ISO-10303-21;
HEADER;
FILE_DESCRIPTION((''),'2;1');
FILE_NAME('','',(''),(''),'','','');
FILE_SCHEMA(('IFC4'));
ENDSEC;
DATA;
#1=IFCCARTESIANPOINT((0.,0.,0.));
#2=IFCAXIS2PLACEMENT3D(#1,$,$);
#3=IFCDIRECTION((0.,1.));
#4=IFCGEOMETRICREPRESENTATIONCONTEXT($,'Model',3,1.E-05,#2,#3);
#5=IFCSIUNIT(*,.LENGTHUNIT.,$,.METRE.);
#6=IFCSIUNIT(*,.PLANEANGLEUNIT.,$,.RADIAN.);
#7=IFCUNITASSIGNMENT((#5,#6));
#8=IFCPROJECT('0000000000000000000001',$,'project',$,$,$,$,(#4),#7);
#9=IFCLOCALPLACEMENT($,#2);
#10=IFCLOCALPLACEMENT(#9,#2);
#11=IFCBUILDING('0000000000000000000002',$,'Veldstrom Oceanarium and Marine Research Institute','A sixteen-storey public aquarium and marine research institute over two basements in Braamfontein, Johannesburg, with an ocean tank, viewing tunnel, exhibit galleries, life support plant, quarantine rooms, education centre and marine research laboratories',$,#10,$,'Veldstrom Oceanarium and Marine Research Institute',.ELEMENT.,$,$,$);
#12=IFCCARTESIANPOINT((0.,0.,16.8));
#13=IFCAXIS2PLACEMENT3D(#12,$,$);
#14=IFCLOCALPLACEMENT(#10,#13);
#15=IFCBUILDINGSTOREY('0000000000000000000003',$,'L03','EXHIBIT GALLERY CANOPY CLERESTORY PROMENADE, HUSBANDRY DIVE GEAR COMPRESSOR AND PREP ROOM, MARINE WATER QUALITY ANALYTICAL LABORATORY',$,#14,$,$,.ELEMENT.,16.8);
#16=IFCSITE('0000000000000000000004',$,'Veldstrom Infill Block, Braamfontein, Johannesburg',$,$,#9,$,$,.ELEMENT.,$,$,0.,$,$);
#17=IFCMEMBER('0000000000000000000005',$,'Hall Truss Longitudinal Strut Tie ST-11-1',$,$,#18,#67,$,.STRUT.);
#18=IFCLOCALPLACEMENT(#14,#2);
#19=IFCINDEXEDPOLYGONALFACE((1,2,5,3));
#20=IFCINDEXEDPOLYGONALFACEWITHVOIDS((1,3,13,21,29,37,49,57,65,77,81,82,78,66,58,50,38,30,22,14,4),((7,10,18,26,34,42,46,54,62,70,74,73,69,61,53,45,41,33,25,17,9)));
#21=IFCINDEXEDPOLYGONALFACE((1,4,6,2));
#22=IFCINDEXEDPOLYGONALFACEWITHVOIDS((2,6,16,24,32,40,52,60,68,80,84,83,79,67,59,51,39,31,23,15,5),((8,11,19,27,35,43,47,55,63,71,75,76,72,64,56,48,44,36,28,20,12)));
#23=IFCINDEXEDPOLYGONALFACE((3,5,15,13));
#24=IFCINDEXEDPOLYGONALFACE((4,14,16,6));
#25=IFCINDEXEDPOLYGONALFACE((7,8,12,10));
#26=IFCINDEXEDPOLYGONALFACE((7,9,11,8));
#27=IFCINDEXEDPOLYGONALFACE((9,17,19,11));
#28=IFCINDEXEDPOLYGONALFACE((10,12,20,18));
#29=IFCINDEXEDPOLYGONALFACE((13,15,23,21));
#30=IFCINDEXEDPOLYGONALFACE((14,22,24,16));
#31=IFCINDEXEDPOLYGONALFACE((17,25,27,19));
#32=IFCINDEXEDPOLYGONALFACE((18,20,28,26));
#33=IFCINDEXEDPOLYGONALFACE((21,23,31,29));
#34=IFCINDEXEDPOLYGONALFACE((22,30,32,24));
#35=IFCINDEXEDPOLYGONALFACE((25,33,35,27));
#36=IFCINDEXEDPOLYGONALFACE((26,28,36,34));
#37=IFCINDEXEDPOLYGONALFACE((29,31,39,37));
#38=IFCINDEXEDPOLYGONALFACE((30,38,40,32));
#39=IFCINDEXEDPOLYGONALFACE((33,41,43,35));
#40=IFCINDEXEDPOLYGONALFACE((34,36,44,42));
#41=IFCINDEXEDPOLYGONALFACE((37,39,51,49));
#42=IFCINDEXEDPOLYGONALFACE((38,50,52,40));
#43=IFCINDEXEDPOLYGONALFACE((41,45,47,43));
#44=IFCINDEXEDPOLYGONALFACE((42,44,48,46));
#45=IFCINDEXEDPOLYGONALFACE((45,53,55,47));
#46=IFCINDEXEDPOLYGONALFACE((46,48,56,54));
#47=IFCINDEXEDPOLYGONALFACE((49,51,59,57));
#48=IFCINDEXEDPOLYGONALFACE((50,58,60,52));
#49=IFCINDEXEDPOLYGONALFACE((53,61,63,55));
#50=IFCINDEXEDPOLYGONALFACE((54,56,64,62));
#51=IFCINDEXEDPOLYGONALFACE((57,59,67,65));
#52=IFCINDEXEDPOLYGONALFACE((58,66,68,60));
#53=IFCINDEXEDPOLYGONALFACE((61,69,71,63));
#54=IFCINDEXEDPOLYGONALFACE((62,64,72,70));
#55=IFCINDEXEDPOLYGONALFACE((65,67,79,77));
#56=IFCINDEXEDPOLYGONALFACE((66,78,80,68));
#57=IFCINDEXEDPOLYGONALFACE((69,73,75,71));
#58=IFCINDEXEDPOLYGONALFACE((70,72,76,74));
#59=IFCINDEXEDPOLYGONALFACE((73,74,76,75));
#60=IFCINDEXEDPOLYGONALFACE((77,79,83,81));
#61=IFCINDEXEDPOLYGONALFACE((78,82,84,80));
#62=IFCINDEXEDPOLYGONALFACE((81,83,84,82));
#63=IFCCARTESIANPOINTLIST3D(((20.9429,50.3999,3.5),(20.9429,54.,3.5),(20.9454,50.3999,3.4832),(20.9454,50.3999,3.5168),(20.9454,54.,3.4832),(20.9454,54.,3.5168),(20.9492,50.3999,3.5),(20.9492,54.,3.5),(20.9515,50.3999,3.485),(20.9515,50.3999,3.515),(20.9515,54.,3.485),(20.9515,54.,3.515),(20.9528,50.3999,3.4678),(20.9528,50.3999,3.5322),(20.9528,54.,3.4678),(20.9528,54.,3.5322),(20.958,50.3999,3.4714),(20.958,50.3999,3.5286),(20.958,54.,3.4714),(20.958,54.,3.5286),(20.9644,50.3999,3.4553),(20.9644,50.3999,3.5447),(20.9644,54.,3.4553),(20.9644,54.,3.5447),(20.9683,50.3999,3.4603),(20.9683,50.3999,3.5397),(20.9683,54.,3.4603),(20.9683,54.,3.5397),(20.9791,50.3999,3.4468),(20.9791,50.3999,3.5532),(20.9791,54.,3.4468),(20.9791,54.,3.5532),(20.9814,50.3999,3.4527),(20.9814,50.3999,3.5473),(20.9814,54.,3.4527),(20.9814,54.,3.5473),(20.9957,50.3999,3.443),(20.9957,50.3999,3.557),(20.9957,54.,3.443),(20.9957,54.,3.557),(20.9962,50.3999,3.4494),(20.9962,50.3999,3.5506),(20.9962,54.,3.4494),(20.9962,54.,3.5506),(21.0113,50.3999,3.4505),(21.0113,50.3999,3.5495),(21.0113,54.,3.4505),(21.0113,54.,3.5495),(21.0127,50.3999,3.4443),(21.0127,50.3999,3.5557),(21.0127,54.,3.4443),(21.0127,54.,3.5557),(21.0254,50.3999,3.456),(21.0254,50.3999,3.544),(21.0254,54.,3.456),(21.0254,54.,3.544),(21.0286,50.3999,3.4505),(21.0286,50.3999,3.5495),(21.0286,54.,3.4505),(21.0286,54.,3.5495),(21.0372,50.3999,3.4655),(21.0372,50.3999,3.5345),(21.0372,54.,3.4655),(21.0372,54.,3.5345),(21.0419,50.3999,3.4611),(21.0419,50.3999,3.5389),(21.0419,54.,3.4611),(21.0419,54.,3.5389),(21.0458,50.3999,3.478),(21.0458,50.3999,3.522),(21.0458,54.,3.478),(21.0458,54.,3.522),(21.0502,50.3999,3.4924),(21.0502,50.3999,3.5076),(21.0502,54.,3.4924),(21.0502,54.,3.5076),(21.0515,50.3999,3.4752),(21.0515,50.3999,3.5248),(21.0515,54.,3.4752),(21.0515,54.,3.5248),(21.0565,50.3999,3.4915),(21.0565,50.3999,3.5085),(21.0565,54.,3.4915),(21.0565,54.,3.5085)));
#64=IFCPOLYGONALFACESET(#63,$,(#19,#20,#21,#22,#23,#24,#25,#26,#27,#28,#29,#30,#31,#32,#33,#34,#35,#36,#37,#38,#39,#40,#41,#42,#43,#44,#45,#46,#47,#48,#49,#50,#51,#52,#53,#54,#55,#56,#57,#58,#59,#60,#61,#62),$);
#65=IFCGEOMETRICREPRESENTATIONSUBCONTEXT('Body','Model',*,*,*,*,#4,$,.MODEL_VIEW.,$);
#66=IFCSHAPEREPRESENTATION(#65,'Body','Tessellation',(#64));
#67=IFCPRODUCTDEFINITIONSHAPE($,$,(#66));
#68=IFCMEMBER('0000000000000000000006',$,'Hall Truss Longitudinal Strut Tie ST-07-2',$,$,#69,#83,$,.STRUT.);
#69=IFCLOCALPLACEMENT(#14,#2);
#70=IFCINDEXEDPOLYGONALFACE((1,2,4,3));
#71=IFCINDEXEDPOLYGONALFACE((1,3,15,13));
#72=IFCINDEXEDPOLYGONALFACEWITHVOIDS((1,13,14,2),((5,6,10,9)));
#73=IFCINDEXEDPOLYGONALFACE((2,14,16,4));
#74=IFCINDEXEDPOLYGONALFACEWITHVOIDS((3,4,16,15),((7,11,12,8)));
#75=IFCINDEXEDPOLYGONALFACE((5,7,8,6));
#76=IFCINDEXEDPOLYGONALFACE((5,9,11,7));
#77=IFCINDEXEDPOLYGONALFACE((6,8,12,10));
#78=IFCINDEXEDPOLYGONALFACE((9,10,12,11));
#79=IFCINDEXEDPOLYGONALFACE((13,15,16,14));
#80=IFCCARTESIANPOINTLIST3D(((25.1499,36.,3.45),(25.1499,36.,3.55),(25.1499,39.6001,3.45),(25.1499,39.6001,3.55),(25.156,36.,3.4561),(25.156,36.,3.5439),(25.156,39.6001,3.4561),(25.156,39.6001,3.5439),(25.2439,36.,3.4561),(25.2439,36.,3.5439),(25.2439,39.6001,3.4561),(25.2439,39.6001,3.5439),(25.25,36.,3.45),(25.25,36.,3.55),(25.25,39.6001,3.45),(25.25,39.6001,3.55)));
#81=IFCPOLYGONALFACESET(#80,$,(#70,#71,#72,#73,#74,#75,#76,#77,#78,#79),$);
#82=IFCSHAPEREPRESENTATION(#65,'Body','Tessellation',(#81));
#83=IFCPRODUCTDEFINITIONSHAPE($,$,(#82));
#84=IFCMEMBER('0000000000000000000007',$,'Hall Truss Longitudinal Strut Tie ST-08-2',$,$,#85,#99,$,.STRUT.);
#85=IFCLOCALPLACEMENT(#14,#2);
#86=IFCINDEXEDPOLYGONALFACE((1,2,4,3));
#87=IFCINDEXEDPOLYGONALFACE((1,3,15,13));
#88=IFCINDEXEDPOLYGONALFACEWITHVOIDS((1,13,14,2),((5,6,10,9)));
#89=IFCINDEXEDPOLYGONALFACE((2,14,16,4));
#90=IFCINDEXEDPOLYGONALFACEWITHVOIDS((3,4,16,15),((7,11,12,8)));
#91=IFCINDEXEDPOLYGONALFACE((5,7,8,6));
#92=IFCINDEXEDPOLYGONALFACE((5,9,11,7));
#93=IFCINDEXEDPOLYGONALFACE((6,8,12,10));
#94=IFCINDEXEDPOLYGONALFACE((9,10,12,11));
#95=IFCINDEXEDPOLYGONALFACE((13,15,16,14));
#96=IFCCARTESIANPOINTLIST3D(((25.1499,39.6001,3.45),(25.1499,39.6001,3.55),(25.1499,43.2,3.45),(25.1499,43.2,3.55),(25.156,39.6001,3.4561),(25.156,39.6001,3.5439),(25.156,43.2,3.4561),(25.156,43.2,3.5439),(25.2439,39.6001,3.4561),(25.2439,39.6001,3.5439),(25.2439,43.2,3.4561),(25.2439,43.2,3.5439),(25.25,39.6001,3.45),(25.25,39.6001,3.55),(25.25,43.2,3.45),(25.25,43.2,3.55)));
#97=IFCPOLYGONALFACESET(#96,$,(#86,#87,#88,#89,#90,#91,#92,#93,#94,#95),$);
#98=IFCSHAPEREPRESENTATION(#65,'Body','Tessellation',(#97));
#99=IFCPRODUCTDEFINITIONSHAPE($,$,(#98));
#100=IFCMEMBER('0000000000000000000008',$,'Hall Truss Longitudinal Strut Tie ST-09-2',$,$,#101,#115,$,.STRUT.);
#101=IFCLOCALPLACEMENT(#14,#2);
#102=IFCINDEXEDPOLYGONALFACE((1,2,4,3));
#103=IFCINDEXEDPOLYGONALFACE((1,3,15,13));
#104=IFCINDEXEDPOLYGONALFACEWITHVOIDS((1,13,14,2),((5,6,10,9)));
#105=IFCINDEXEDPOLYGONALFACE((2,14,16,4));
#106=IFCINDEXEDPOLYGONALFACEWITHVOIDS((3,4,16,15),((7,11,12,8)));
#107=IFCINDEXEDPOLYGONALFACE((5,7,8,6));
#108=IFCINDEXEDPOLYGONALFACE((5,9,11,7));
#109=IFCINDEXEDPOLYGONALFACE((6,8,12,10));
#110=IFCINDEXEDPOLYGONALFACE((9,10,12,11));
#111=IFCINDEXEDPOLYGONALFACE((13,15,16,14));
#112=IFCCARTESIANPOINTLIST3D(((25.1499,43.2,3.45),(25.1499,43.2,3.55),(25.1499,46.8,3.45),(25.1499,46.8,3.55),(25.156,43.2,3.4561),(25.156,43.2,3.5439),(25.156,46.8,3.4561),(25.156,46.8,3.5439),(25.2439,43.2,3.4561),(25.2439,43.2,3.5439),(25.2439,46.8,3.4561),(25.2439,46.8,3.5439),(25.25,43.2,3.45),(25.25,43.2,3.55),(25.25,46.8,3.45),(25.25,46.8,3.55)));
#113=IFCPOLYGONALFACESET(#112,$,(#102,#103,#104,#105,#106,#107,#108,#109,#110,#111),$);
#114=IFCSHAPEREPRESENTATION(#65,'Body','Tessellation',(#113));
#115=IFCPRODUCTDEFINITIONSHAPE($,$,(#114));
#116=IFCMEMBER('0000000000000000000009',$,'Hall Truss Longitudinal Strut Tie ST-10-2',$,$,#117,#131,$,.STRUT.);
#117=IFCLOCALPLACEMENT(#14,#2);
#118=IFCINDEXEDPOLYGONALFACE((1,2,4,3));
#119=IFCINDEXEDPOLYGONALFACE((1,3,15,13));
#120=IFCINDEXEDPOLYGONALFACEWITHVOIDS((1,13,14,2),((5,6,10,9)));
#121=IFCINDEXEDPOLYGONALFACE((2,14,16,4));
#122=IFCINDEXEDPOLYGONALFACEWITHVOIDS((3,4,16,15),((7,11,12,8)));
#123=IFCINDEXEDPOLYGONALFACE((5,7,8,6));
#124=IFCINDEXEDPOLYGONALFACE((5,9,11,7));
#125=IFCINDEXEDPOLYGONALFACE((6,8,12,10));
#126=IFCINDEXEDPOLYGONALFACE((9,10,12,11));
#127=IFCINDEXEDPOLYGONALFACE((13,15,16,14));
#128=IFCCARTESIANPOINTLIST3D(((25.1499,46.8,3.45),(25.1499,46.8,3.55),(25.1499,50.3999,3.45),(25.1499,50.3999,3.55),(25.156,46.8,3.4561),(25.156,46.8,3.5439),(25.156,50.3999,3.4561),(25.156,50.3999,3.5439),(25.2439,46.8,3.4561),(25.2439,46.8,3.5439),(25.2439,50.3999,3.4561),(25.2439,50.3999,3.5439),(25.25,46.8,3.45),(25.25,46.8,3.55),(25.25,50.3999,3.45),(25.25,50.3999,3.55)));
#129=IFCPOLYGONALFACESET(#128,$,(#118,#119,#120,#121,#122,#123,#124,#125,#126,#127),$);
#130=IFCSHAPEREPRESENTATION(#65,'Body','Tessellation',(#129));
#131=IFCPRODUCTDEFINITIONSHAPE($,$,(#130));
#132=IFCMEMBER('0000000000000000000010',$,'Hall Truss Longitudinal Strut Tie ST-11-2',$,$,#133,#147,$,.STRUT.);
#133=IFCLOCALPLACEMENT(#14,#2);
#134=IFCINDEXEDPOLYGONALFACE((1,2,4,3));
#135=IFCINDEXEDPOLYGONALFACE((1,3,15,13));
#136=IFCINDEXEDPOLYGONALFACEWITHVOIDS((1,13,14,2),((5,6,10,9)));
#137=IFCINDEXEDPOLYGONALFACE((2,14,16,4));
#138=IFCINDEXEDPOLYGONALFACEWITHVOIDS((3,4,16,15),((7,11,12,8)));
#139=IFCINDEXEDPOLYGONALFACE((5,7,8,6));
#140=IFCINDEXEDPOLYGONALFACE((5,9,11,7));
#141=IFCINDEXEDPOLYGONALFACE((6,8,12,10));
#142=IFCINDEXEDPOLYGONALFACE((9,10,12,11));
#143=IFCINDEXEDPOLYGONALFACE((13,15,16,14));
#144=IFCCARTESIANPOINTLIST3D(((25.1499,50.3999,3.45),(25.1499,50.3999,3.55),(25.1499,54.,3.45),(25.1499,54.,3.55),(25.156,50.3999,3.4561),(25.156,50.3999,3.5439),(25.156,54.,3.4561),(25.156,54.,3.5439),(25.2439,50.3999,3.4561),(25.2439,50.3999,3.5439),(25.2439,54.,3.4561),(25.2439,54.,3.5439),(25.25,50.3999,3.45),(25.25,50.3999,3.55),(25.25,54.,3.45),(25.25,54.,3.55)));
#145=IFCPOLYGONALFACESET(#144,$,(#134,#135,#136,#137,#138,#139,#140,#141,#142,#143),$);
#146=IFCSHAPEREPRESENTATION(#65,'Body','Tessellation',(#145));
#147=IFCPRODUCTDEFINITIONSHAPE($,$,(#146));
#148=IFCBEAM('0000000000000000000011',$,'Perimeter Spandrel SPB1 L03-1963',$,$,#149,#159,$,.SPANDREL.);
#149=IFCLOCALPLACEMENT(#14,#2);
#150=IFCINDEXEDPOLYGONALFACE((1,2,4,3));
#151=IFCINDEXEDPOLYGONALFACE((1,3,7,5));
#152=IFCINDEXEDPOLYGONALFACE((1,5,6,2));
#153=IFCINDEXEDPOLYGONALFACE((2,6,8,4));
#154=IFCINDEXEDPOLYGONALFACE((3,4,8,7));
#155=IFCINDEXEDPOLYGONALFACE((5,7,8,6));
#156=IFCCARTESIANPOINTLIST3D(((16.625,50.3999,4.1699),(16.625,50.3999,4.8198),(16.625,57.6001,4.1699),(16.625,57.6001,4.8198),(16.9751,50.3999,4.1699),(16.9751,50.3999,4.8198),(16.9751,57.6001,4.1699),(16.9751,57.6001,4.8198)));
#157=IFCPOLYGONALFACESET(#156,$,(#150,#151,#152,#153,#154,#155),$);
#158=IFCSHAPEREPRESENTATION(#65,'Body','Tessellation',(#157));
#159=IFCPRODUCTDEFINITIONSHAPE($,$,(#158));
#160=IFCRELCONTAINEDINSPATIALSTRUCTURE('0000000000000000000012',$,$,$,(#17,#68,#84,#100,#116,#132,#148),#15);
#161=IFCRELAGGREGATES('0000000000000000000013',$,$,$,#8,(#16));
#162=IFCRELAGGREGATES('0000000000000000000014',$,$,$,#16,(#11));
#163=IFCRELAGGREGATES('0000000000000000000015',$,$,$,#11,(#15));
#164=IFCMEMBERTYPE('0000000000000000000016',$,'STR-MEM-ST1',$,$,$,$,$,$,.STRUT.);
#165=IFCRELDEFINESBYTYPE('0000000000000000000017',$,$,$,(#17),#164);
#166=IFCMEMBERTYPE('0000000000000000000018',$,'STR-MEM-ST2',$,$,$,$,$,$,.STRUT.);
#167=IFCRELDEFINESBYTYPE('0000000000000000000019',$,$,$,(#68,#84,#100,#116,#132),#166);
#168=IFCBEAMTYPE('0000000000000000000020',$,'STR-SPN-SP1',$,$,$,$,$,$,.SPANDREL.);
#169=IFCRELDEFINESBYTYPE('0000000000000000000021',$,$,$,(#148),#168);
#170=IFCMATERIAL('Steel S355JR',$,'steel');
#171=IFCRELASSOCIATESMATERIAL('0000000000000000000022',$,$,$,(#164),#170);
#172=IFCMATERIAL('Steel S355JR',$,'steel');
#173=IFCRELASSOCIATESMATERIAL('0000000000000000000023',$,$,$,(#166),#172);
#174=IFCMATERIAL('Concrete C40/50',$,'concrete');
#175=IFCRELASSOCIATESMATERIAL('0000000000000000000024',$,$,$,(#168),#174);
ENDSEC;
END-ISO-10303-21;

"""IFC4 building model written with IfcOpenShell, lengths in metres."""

from ifc_helpers import new_model, si_unit, direction, frame, origin, origin_2d, place, context, subcontext, project, spatial, rectangle, hollow_rectangle, hollow_circle, extrude, material, material_profile, profile_set, type_object, element, save


model = new_model("IFC4")

# Units and contexts
model_context = context("Model", 3, precision=1e-05, world=origin(), true_north=direction((0.0, 1.0)))
body_context = subcontext(model_context, "Body", "Model", "MODEL_VIEW")
ifc_project = project(units=[si_unit("LENGTHUNIT", "METRE"), si_unit("PLANEANGLEUNIT", "RADIAN")], contexts=[model_context])

# Site, building, storey
site_placement = place(None, origin())
site = spatial("IfcSite", under=ifc_project, at=site_placement, Name="Veldstrom Infill Block, Braamfontein, Johannesburg", CompositionType="ELEMENT", RefElevation=0.0)
building_placement = place(site_placement, origin())
building = spatial("IfcBuilding", under=site, at=building_placement, Name="Veldstrom Oceanarium and Marine Research Institute", Description="A sixteen-storey public aquarium and marine research institute over two basements in Braamfontein, Johannesburg, with an ocean tank, viewing tunnel, exhibit galleries, life support plant, quarantine rooms, education centre and marine research laboratories", LongName="Veldstrom Oceanarium and Marine Research Institute", CompositionType="ELEMENT")
storey_placement = place(building_placement, frame((0.0, 0.0, 16.8)))
storey = spatial("IfcBuildingStorey", under=building, at=storey_placement, Name="L03", Description="EXHIBIT GALLERY CANOPY CLERESTORY PROMENADE, HUSBANDRY DIVE GEAR COMPRESSOR AND PREP ROOM, MARINE WATER QUALITY ANALYTICAL LABORATORY", CompositionType="ELEMENT", Elevation=16.8)

# Members
ifc_material_1 = material(Name="Steel S355JR", Category="steel")
ifc_material_profile_1 = material_profile(ifc_material_1, hollow_circle(Radius=0.0571, WallThickness=0.0063, at=origin_2d()), Name="CHS 114.3x6.3")
ifc_profile_set_1 = profile_set([ifc_material_profile_1], Name="Steel S355JR")
member_type_1 = type_object("IfcMemberType", Name="STR-MEM-ST1", PredefinedType="STRUT", material=ifc_profile_set_1)
member_1_placement = place(storey_placement, frame((21.0, 50.3999, 3.5), z_axis=(0.0, 1.0, 0.0), x_axis=(-1.0, 0.0, 0.0)))
element("IfcMember", 1, at=member_1_placement, inside=storey, type_object=member_type_1, Name="Hall Truss Longitudinal Strut Tie ST-11-1", PredefinedType="STRUT", context=body_context, shape_type="SweptSolid", body=[
    extrude(hollow_circle(Radius=0.0571, WallThickness=0.0063, at=origin_2d()), origin(), (0.0, 0.0, 1.0), 3.6001),
])
ifc_material_2 = material(Name="Steel S355JR", Category="steel")
ifc_material_profile_2 = material_profile(ifc_material_2, hollow_rectangle(XDim=0.1001, YDim=0.1001, WallThickness=0.0061, at=origin_2d()), Name="SHS 100x100x6")
ifc_profile_set_2 = profile_set([ifc_material_profile_2], Name="Steel S355JR")
member_type_2 = type_object("IfcMemberType", Name="STR-MEM-ST2", PredefinedType="STRUT", material=ifc_profile_set_2)
member_2_placement = place(storey_placement, frame((25.2, 36.0, 3.5), z_axis=(0.0, 1.0, 0.0), x_axis=(-1.0, 0.0, 0.0)))
element("IfcMember", 2, at=member_2_placement, inside=storey, type_object=member_type_2, Name="Hall Truss Longitudinal Strut Tie ST-07-2", PredefinedType="STRUT", context=body_context, shape_type="SweptSolid", body=[
    extrude(hollow_rectangle(XDim=0.1001, YDim=0.1001, WallThickness=0.0061, at=origin_2d()), origin(), (0.0, 0.0, 1.0), 3.6001),
])
member_3_placement = place(storey_placement, frame((25.2, 39.6001, 3.5), z_axis=(0.0, 1.0, 0.0), x_axis=(-1.0, 0.0, 0.0)))
element("IfcMember", 3, at=member_3_placement, inside=storey, type_object=member_type_2, Name="Hall Truss Longitudinal Strut Tie ST-08-2", PredefinedType="STRUT", context=body_context, shape_type="SweptSolid", body=[
    extrude(hollow_rectangle(XDim=0.1001, YDim=0.1001, WallThickness=0.0061, at=origin_2d()), origin(), (0.0, 0.0, 1.0), 3.5999),
])
member_4_placement = place(storey_placement, frame((25.2, 43.2, 3.5), z_axis=(0.0, 1.0, 0.0), x_axis=(-1.0, 0.0, 0.0)))
element("IfcMember", 4, at=member_4_placement, inside=storey, type_object=member_type_2, Name="Hall Truss Longitudinal Strut Tie ST-09-2", PredefinedType="STRUT", context=body_context, shape_type="SweptSolid", body=[
    extrude(hollow_rectangle(XDim=0.1001, YDim=0.1001, WallThickness=0.0061, at=origin_2d()), origin(), (0.0, 0.0, 1.0), 3.6001),
])
member_5_placement = place(storey_placement, frame((25.2, 46.8, 3.5), z_axis=(0.0, 1.0, 0.0), x_axis=(-1.0, 0.0, 0.0)))
element("IfcMember", 5, at=member_5_placement, inside=storey, type_object=member_type_2, Name="Hall Truss Longitudinal Strut Tie ST-10-2", PredefinedType="STRUT", context=body_context, shape_type="SweptSolid", body=[
    extrude(hollow_rectangle(XDim=0.1001, YDim=0.1001, WallThickness=0.0061, at=origin_2d()), origin(), (0.0, 0.0, 1.0), 3.5999),
])
member_6_placement = place(storey_placement, frame((25.2, 50.3999, 3.5), z_axis=(0.0, 1.0, 0.0), x_axis=(-1.0, 0.0, 0.0)))
element("IfcMember", 6, at=member_6_placement, inside=storey, type_object=member_type_2, Name="Hall Truss Longitudinal Strut Tie ST-11-2", PredefinedType="STRUT", context=body_context, shape_type="SweptSolid", body=[
    extrude(hollow_rectangle(XDim=0.1001, YDim=0.1001, WallThickness=0.0061, at=origin_2d()), origin(), (0.0, 0.0, 1.0), 3.6001),
])

# Beam
ifc_material_3 = material(Name="Concrete C40/50", Category="concrete")
ifc_material_profile_3 = material_profile(ifc_material_3, rectangle(XDim=0.3501, YDim=0.6499, at=origin_2d()), Name="RC-SPN-350x650")
ifc_profile_set_3 = profile_set([ifc_material_profile_3], Name="Concrete C40/50")
beam_type = type_object("IfcBeamType", Name="STR-SPN-SP1", PredefinedType="SPANDREL", material=ifc_profile_set_3)
beam_placement = place(storey_placement, frame((16.8, 50.3999, 4.4949), z_axis=(0.0, 1.0, 0.0), x_axis=(-1.0, 0.0, 0.0)))
element("IfcBeam", 7, at=beam_placement, inside=storey, type_object=beam_type, Name="Perimeter Spandrel SPB1 L03-1963", PredefinedType="SPANDREL", context=body_context, shape_type="SweptSolid", body=[
    extrude(rectangle(XDim=0.3501, YDim=0.6499, at=origin_2d()), origin(), (0.0, 0.0, 1.0), 7.2002),
])

save(model, "model.ifc")
